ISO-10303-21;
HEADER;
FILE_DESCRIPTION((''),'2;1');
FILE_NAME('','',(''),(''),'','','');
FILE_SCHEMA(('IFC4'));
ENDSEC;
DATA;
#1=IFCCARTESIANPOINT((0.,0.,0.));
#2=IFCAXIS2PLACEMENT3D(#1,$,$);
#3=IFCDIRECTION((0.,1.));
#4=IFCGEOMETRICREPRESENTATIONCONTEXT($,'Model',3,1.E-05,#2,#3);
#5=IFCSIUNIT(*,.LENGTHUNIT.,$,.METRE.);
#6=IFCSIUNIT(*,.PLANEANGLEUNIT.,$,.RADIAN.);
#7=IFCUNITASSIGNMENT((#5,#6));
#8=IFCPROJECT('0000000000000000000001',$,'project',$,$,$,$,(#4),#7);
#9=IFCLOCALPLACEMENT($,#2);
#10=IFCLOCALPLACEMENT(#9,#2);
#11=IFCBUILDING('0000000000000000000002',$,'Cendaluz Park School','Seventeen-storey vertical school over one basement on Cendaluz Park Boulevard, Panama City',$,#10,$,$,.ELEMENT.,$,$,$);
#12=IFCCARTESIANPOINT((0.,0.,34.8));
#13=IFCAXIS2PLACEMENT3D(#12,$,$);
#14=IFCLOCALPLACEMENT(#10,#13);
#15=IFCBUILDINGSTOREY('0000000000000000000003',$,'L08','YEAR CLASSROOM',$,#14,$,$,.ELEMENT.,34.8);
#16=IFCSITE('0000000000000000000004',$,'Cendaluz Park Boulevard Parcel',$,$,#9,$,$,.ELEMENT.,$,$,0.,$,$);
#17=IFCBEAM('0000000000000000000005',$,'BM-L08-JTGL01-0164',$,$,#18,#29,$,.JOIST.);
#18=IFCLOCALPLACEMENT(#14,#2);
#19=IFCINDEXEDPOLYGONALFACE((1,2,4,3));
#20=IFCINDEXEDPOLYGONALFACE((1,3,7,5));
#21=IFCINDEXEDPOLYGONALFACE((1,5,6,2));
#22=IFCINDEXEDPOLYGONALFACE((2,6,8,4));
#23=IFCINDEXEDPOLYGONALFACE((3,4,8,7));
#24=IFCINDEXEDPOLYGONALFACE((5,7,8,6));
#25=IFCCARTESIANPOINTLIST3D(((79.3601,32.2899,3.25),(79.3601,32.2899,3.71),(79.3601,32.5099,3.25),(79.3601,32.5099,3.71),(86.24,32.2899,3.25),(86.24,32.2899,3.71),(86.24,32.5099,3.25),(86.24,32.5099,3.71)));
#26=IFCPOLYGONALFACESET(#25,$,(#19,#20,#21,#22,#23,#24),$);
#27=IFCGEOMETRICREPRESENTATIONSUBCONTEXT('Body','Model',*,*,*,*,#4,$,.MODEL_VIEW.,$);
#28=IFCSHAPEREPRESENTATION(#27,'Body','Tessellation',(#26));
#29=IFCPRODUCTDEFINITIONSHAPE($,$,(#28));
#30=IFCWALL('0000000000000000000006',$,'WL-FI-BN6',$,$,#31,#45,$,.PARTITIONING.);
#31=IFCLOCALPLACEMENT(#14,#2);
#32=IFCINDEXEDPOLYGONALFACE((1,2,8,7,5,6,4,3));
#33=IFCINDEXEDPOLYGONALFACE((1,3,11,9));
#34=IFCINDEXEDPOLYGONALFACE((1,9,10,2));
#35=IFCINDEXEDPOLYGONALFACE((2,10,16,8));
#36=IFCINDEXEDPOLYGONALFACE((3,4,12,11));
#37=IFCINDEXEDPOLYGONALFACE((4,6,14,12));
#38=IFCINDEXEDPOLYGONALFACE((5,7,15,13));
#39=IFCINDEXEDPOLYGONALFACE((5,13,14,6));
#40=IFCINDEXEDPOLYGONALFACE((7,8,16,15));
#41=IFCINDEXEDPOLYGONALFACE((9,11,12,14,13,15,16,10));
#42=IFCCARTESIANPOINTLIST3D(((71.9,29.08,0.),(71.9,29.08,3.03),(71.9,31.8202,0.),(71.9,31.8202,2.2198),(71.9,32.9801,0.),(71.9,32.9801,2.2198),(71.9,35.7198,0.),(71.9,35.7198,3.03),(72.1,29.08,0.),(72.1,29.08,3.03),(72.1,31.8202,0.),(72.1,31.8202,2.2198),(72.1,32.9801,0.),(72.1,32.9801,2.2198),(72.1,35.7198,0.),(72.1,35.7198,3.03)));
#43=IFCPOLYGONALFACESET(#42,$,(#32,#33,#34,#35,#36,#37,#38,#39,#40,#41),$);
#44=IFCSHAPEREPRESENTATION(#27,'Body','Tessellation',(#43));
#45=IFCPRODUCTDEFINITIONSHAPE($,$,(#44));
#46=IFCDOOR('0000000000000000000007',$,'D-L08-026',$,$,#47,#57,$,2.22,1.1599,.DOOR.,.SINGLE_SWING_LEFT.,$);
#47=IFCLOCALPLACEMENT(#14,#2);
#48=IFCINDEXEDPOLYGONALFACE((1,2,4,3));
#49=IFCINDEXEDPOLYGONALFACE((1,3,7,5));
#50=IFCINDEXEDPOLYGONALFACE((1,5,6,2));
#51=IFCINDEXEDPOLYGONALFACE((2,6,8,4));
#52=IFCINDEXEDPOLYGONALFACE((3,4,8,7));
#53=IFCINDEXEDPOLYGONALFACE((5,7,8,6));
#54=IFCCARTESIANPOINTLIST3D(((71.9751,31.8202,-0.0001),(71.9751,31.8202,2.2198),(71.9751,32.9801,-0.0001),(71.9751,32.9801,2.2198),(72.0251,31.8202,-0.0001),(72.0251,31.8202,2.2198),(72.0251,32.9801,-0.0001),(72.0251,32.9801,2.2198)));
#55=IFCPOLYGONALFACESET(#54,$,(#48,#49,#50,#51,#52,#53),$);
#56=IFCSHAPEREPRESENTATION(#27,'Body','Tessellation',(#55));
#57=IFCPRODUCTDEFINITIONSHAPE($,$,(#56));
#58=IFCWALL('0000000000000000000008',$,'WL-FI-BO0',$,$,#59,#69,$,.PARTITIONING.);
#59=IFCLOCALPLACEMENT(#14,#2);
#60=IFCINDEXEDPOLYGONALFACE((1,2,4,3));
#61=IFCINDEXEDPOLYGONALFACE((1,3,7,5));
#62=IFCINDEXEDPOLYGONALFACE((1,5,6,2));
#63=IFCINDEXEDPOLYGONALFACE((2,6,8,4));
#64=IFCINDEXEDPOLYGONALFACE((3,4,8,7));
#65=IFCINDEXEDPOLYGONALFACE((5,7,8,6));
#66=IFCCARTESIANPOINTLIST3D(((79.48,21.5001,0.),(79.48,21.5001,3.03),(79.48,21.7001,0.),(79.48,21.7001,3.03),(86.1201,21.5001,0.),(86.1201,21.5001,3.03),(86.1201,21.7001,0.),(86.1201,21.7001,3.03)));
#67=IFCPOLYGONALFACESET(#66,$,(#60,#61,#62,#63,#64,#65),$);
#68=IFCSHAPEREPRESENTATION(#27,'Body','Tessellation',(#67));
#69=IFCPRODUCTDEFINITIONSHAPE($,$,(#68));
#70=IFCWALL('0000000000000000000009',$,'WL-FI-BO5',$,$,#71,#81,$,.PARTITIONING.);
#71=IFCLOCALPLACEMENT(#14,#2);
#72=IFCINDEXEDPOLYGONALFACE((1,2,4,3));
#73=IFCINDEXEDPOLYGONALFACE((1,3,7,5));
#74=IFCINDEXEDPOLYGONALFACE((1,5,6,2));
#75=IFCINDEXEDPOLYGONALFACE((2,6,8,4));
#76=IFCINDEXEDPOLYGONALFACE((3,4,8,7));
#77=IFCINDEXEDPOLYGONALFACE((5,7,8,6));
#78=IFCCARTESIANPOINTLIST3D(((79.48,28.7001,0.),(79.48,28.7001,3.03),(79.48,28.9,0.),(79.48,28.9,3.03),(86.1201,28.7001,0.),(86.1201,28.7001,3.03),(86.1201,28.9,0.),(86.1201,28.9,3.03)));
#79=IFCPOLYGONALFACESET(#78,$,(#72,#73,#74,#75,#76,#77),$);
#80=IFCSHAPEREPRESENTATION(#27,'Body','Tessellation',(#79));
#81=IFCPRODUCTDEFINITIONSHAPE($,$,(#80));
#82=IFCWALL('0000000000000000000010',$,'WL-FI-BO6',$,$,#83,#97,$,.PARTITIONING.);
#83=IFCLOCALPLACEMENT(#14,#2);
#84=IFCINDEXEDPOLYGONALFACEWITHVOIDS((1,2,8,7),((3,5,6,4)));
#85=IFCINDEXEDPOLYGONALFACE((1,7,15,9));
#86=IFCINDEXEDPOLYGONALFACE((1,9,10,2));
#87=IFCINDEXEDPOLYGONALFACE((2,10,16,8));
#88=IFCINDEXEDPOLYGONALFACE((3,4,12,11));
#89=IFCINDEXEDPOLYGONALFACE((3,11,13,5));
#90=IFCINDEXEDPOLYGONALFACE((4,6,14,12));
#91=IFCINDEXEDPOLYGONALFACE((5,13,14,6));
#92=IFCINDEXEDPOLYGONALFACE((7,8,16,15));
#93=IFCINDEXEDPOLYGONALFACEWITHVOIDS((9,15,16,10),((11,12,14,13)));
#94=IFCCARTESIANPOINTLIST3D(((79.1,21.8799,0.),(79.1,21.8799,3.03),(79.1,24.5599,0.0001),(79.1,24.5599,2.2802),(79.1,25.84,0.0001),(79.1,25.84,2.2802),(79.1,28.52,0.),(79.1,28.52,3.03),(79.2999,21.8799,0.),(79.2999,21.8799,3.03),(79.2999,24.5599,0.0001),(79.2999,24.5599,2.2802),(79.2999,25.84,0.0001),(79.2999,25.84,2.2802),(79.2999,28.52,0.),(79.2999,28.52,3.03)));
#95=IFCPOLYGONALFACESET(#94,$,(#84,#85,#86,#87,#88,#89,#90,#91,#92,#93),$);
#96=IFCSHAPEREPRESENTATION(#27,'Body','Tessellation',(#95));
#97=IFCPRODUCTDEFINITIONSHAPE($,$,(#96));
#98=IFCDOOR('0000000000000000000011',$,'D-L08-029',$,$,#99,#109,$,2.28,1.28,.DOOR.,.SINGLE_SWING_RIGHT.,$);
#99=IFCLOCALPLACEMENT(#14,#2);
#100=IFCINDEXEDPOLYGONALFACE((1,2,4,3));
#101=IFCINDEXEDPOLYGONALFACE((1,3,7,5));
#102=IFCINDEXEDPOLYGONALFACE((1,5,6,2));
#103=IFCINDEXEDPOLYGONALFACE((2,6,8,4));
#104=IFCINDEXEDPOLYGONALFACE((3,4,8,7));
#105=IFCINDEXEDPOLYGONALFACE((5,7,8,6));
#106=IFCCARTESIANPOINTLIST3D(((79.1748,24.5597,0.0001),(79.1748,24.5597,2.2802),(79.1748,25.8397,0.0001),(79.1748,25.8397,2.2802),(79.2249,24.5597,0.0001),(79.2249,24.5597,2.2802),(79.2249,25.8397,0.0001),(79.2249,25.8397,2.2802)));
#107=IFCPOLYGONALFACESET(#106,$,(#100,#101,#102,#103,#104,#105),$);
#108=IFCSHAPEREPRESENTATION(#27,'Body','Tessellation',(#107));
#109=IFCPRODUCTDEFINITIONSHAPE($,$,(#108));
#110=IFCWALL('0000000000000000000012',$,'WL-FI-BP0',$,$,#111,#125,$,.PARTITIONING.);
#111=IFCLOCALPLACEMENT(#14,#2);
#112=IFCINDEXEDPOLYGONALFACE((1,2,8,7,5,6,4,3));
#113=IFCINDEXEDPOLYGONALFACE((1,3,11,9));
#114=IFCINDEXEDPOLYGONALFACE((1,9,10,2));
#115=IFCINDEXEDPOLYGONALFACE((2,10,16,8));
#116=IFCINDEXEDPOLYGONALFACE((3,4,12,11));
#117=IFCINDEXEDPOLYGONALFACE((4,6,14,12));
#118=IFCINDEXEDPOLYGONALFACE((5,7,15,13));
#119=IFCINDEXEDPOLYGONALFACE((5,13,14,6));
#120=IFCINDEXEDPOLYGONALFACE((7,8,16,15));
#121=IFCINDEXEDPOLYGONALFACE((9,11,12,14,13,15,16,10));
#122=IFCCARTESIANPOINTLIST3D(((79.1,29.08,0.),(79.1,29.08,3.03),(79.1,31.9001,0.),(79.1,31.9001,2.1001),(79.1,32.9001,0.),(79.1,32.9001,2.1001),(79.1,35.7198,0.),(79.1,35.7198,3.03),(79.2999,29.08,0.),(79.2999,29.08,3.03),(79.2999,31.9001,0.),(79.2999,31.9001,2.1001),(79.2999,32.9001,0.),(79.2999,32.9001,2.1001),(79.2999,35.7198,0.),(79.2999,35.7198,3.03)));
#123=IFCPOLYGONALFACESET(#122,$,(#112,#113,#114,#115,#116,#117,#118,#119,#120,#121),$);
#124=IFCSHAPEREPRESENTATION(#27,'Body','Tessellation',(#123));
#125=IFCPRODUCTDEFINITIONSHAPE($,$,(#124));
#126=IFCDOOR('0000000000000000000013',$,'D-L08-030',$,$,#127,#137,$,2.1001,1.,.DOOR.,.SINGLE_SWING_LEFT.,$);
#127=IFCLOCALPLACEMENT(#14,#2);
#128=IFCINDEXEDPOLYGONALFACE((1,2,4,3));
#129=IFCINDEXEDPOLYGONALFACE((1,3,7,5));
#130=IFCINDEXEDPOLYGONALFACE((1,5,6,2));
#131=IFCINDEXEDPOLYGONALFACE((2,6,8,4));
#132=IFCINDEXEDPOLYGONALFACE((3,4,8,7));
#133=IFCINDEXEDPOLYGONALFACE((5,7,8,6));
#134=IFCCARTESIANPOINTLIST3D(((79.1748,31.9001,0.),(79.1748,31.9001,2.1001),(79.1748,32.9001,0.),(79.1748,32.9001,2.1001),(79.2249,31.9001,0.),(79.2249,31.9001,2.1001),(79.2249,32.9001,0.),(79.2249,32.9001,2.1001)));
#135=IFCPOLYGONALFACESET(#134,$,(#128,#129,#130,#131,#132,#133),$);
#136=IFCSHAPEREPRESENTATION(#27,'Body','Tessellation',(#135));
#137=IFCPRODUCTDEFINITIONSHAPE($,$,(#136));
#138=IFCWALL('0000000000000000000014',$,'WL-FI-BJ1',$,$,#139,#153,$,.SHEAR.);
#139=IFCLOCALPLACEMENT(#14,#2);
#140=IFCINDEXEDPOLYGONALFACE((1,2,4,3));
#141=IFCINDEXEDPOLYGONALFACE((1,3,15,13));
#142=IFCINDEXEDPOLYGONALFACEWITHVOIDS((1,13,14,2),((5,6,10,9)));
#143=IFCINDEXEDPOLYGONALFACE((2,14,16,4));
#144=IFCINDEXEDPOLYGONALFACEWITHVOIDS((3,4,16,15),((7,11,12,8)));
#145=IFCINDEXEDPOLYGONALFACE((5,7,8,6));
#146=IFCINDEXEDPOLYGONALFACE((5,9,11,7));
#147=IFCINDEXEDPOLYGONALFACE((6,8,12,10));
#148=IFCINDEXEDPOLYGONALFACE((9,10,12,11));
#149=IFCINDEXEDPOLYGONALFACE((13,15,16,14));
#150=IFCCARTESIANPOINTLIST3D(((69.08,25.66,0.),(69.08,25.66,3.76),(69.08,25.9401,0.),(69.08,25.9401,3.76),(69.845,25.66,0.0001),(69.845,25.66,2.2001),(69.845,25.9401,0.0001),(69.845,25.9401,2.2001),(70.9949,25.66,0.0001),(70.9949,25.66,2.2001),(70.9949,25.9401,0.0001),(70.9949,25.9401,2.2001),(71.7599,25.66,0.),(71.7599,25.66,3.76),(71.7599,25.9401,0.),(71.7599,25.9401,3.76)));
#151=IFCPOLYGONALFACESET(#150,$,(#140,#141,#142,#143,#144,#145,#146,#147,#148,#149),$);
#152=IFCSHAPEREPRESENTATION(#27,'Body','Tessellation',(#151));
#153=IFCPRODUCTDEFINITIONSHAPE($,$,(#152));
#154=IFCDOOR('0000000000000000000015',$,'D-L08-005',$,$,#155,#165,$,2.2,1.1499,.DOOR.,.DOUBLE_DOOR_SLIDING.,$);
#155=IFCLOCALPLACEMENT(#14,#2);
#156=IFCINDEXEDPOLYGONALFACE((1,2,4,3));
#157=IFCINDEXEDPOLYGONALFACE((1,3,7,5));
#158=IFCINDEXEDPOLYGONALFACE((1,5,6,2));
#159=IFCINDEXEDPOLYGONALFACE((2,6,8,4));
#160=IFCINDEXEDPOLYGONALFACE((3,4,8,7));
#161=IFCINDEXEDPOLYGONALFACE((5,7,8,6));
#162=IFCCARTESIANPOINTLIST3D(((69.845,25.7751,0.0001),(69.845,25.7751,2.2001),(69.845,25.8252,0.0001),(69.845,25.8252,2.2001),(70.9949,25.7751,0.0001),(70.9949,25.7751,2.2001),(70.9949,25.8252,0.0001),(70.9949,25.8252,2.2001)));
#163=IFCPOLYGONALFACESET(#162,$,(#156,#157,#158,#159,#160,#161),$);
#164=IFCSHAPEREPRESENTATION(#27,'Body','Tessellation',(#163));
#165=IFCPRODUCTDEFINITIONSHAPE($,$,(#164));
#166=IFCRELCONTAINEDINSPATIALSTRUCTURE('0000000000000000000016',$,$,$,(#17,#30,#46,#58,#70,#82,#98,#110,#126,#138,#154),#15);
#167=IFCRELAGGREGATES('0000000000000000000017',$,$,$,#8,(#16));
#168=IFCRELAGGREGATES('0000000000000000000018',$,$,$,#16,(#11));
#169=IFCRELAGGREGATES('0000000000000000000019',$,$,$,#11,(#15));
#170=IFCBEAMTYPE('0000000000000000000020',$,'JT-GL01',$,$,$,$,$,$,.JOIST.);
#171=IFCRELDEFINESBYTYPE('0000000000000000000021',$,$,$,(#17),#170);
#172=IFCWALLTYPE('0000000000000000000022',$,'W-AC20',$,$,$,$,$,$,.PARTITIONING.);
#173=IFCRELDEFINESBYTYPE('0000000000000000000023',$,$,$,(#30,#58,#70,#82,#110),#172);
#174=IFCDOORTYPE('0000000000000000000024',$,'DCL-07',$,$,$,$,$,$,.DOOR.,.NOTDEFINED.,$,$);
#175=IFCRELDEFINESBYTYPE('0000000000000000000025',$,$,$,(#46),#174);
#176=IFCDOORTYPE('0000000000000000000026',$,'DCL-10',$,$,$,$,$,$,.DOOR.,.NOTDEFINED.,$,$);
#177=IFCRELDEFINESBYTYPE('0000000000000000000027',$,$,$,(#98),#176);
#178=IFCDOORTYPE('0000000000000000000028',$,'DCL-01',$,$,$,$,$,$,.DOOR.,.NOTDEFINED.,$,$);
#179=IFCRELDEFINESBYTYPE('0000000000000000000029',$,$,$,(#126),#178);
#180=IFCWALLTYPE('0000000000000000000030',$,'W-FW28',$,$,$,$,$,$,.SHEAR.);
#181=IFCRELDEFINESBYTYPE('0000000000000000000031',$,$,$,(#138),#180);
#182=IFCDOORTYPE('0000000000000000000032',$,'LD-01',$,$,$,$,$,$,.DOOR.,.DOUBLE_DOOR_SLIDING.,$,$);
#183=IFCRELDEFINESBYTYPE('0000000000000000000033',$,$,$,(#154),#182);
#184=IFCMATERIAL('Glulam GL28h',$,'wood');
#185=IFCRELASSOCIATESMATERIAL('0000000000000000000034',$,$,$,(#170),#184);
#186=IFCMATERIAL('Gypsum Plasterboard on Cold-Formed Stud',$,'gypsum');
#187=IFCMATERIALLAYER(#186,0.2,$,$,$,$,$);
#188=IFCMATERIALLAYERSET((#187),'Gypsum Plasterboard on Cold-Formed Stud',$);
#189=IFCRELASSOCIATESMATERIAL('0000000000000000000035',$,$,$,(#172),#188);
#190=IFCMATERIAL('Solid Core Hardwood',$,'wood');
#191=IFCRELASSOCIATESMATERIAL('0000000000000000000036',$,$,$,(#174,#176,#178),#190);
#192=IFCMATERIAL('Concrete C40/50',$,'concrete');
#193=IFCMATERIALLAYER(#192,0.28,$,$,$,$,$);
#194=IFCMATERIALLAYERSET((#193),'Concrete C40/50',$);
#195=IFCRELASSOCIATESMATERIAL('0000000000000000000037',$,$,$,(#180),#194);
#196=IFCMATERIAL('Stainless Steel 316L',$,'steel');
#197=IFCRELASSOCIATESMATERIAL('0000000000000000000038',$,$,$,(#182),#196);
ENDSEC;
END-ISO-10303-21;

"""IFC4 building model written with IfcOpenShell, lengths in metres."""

from ifc_helpers import new_model, si_unit, direction, frame, frame_2d, origin, origin_2d, place, context, subcontext, project, spatial, rectangle, extrude, material, layer, layer_set, material_profile, profile_set, type_object, element, fill, save


model = new_model("IFC4")

# Units and contexts
model_context = context("Model", 3, precision=1e-05, world=origin(), true_north=direction((0.0, 1.0)))
body_context = subcontext(model_context, "Body", "Model", "MODEL_VIEW")
ifc_project = project(units=[si_unit("LENGTHUNIT", "METRE"), si_unit("PLANEANGLEUNIT", "RADIAN")], contexts=[model_context])

# Site, building, storey
site_placement = place(None, origin())
site = spatial("IfcSite", under=ifc_project, at=site_placement, Name="Cendaluz Park Boulevard Parcel", CompositionType="ELEMENT", RefElevation=0.0)
building_placement = place(site_placement, origin())
building = spatial("IfcBuilding", under=site, at=building_placement, Name="Cendaluz Park School", Description="Seventeen-storey vertical school over one basement on Cendaluz Park Boulevard, Panama City", CompositionType="ELEMENT")
storey_placement = place(building_placement, frame((0.0, 0.0, 34.8)))
storey = spatial("IfcBuildingStorey", under=building, at=storey_placement, Name="L08", Description="YEAR CLASSROOM", CompositionType="ELEMENT", Elevation=34.8)

# Beam
ifc_material_1 = material(Name="Glulam GL28h", Category="wood")
ifc_material_profile_1 = material_profile(ifc_material_1, rectangle(XDim=0.22, YDim=0.46, at=origin_2d()), Name="GL28h 220x460", Category="wood")
ifc_profile_set_1 = profile_set([ifc_material_profile_1], Name="Glulam GL28h")
beam_type_1 = type_object("IfcBeamType", Name="JT-GL01", PredefinedType="JOIST", material=ifc_profile_set_1)
beam_1_placement = place(storey_placement, frame((79.3601, 32.3999, 3.48), z_axis=(1.0, 0.0, 0.0), x_axis=(0.0, 1.0, 0.0)))
element("IfcBeam", 1, at=beam_1_placement, inside=storey, type_object=beam_type_1, Name="BM-L08-JTGL01-0164", PredefinedType="JOIST", context=body_context, shape_type="SweptSolid", body=[
    extrude(rectangle(XDim=0.22, YDim=0.46, at=origin_2d()), origin(), (0.0, 0.0, 1.0), 6.8799),
])

# Wall, opening, door
ifc_material_2 = material(Name="Gypsum Plasterboard on Cold-Formed Stud", Category="gypsum")
ifc_layer_1 = layer(ifc_material_2, 0.2)
ifc_layer_set_1 = layer_set([ifc_layer_1], Name="Gypsum Plasterboard on Cold-Formed Stud")
wall_type_1 = type_object("IfcWallType", Name="W-AC20", PredefinedType="PARTITIONING", material=ifc_layer_set_1)
wall_1_placement = place(storey_placement, frame((72.0, 29.0801, 0.0), z_axis=(0.0, 0.0, 1.0), x_axis=(0.0, 1.0, 0.0)))
wall_1 = element("IfcWall", 2, at=wall_1_placement, inside=storey, type_object=wall_type_1, Name="WL-FI-BN6", PredefinedType="PARTITIONING", context=body_context, shape_type="SweptSolid", body=[
    extrude(rectangle(XDim=6.6399, YDim=0.2, at=frame_2d((3.3198, 0.0))), origin(), (0.0, 0.0, 1.0), 3.03),
])
opening_1_placement = place(wall_1_placement, frame((2.74, 0.0, 0.0)))
opening_1 = element("IfcOpeningElement", 3, at=opening_1_placement, cuts=wall_1, PredefinedType="OPENING", context=body_context, shape_type="SweptSolid", body=[
    extrude(rectangle(XDim=1.1599, YDim=2.22, at=frame_2d((0.5801, 1.1099))), frame((0.0, 0.1121, 0.0), z_axis=(0.0, -1.0, 0.0), x_axis=(1.0, 0.0, 0.0)), (0.0, 0.0, 1.0), 0.2239),
])
ifc_material_3 = material(Name="Solid Core Hardwood", Category="wood")
door_type_1 = type_object("IfcDoorType", Name="DCL-07", OperationType="NOTDEFINED", PredefinedType="DOOR", material=ifc_material_3)
door_1_placement = place(opening_1_placement, origin())
door_1 = element("IfcDoor", 4, at=door_1_placement, inside=storey, type_object=door_type_1, Name="D-L08-026", OperationType="SINGLE_SWING_LEFT", OverallHeight=2.22, OverallWidth=1.1599, PredefinedType="DOOR", context=body_context, shape_type="SweptSolid", body=[
    extrude(rectangle(XDim=1.1599, YDim=2.22, at=frame_2d((0.5801, 1.1099))), frame((0.0, 0.0249, 0.0), z_axis=(0.0, -1.0, 0.0), x_axis=(1.0, 0.0, 0.0)), (0.0, 0.0, 1.0), 0.05),
])
fill(opening_1, door_1)

# Walls
for number, where, z_axis, x_axis, name in (
    (5, (79.48, 21.6001, 0.0), (0.0, 0.0, 1.0), (1.0, 0.0, 0.0), "WL-FI-BO0"),
    (6, (79.48, 28.8, 0.0), (0.0, 0.0, 1.0), (1.0, 0.0, 0.0), "WL-FI-BO5"),
):
    element("IfcWall", number, at=place(storey_placement, frame(where, z_axis=z_axis, x_axis=x_axis)), inside=storey, type_object=wall_type_1, Name=name, PredefinedType="PARTITIONING", context=body_context, shape_type="SweptSolid", body=[
        extrude(rectangle(XDim=6.6401, YDim=0.2, at=frame_2d((3.3201, 0.0))), origin(), (0.0, 0.0, 1.0), 3.03),
    ])

# Walls, openings, doors
wall_2_placement = place(storey_placement, frame((79.2, 21.8799, 0.0), z_axis=(0.0, 0.0, 1.0), x_axis=(0.0, 1.0, 0.0)))
wall_2 = element("IfcWall", 7, at=wall_2_placement, inside=storey, type_object=wall_type_1, Name="WL-FI-BO6", PredefinedType="PARTITIONING", context=body_context, shape_type="SweptSolid", body=[
    extrude(rectangle(XDim=6.6401, YDim=0.2, at=frame_2d((3.3201, 0.0))), origin(), (0.0, 0.0, 1.0), 3.03),
])
opening_2_placement = place(wall_2_placement, frame((2.6799, 0.0, 0.0)))
opening_2 = element("IfcOpeningElement", 8, at=opening_2_placement, cuts=wall_2, PredefinedType="OPENING", context=body_context, shape_type="SweptSolid", body=[
    extrude(rectangle(XDim=1.28, YDim=2.28, at=frame_2d((0.6401, 1.1401))), frame((0.0, 0.1121, 0.0), z_axis=(0.0, -1.0, 0.0), x_axis=(1.0, 0.0, 0.0)), (0.0, 0.0, 1.0), 0.2239),
])
door_type_2 = type_object("IfcDoorType", Name="DCL-10", OperationType="NOTDEFINED", PredefinedType="DOOR", material=ifc_material_3)
door_2_placement = place(opening_2_placement, frame((1.28, 0.0, 0.0), z_axis=(0.0, 0.0, 1.0), x_axis=(-1.0, 0.0, 0.0)))
door_2 = element("IfcDoor", 9, at=door_2_placement, inside=storey, type_object=door_type_2, Name="D-L08-029", OperationType="SINGLE_SWING_RIGHT", OverallHeight=2.28, OverallWidth=1.28, PredefinedType="DOOR", context=body_context, shape_type="SweptSolid", body=[
    extrude(rectangle(XDim=1.28, YDim=2.28, at=frame_2d((0.6401, 1.1401))), frame((0.0, 0.0249, 0.0), z_axis=(0.0, -1.0, 0.0), x_axis=(1.0, 0.0, 0.0)), (0.0, 0.0, 1.0), 0.05),
])
fill(opening_2, door_2)
wall_3_placement = place(storey_placement, frame((79.2, 29.0801, 0.0), z_axis=(0.0, 0.0, 1.0), x_axis=(0.0, 1.0, 0.0)))
wall_3 = element("IfcWall", 10, at=wall_3_placement, inside=storey, type_object=wall_type_1, Name="WL-FI-BP0", PredefinedType="PARTITIONING", context=body_context, shape_type="SweptSolid", body=[
    extrude(rectangle(XDim=6.6399, YDim=0.2, at=frame_2d((3.3198, 0.0))), origin(), (0.0, 0.0, 1.0), 3.03),
])
opening_3_placement = place(wall_3_placement, frame((2.8201, 0.0, 0.0)))
opening_3 = element("IfcOpeningElement", 11, at=opening_3_placement, cuts=wall_3, PredefinedType="OPENING", context=body_context, shape_type="SweptSolid", body=[
    extrude(rectangle(XDim=1.0, YDim=2.1001, at=frame_2d((0.5, 1.05))), frame((0.0, 0.1121, 0.0), z_axis=(0.0, -1.0, 0.0), x_axis=(1.0, 0.0, 0.0)), (0.0, 0.0, 1.0), 0.2239),
])
door_type_3 = type_object("IfcDoorType", Name="DCL-01", OperationType="NOTDEFINED", PredefinedType="DOOR", material=ifc_material_3)
door_3_placement = place(opening_3_placement, frame((1.0, 0.0, 0.0), z_axis=(0.0, 0.0, 1.0), x_axis=(-1.0, 0.0, 0.0)))
door_3 = element("IfcDoor", 12, at=door_3_placement, inside=storey, type_object=door_type_3, Name="D-L08-030", OperationType="SINGLE_SWING_LEFT", OverallHeight=2.1001, OverallWidth=1.0, PredefinedType="DOOR", context=body_context, shape_type="SweptSolid", body=[
    extrude(rectangle(XDim=1.0, YDim=2.1001, at=frame_2d((0.5, 1.05))), frame((0.0, 0.0249, 0.0), z_axis=(0.0, -1.0, 0.0), x_axis=(1.0, 0.0, 0.0)), (0.0, 0.0, 1.0), 0.05),
])
fill(opening_3, door_3)
ifc_material_4 = material(Name="Concrete C40/50", Category="concrete")
ifc_layer_2 = layer(ifc_material_4, 0.28)
ifc_layer_set_2 = layer_set([ifc_layer_2], Name="Concrete C40/50")
wall_type_2 = type_object("IfcWallType", Name="W-FW28", PredefinedType="SHEAR", material=ifc_layer_set_2)
wall_4_placement = place(storey_placement, frame((69.0801, 25.8, 0.0), z_axis=(0.0, 0.0, 1.0), x_axis=(1.0, 0.0, 0.0)))
wall_4 = element("IfcWall", 13, at=wall_4_placement, inside=storey, type_object=wall_type_2, Name="WL-FI-BJ1", PredefinedType="SHEAR", context=body_context, shape_type="SweptSolid", body=[
    extrude(rectangle(XDim=2.6799, YDim=0.28, at=frame_2d((1.3398, 0.0))), origin(), (0.0, 0.0, 1.0), 3.76),
])
opening_4_placement = place(wall_4_placement, frame((0.7649, 0.0, 0.0)))
opening_4 = element("IfcOpeningElement", 14, at=opening_4_placement, cuts=wall_4, PredefinedType="OPENING", context=body_context, shape_type="SweptSolid", body=[
    extrude(rectangle(XDim=1.1499, YDim=2.2, at=frame_2d((0.575, 1.1001))), frame((0.0, 0.1521, 0.0), z_axis=(0.0, -1.0, 0.0), x_axis=(1.0, 0.0, 0.0)), (0.0, 0.0, 1.0), 0.304),
])
ifc_material_5 = material(Name="Stainless Steel 316L", Category="steel")
door_type_4 = type_object("IfcDoorType", Name="LD-01", OperationType="DOUBLE_DOOR_SLIDING", PredefinedType="DOOR", material=ifc_material_5)
door_4_placement = place(opening_4_placement, frame((1.1499, 0.0, 0.0), z_axis=(0.0, 0.0, 1.0), x_axis=(-1.0, 0.0, 0.0)))
door_4 = element("IfcDoor", 15, at=door_4_placement, inside=storey, type_object=door_type_4, Name="D-L08-005", OperationType="DOUBLE_DOOR_SLIDING", OverallHeight=2.2, OverallWidth=1.1499, PredefinedType="DOOR", context=body_context, shape_type="SweptSolid", body=[
    extrude(rectangle(XDim=1.1499, YDim=2.2, at=frame_2d((0.575, 1.1001))), frame((0.0, 0.0249, 0.0), z_axis=(0.0, -1.0, 0.0), x_axis=(1.0, 0.0, 0.0)), (0.0, 0.0, 1.0), 0.05),
])
fill(opening_4, door_4)

save(model, "model.ifc")
